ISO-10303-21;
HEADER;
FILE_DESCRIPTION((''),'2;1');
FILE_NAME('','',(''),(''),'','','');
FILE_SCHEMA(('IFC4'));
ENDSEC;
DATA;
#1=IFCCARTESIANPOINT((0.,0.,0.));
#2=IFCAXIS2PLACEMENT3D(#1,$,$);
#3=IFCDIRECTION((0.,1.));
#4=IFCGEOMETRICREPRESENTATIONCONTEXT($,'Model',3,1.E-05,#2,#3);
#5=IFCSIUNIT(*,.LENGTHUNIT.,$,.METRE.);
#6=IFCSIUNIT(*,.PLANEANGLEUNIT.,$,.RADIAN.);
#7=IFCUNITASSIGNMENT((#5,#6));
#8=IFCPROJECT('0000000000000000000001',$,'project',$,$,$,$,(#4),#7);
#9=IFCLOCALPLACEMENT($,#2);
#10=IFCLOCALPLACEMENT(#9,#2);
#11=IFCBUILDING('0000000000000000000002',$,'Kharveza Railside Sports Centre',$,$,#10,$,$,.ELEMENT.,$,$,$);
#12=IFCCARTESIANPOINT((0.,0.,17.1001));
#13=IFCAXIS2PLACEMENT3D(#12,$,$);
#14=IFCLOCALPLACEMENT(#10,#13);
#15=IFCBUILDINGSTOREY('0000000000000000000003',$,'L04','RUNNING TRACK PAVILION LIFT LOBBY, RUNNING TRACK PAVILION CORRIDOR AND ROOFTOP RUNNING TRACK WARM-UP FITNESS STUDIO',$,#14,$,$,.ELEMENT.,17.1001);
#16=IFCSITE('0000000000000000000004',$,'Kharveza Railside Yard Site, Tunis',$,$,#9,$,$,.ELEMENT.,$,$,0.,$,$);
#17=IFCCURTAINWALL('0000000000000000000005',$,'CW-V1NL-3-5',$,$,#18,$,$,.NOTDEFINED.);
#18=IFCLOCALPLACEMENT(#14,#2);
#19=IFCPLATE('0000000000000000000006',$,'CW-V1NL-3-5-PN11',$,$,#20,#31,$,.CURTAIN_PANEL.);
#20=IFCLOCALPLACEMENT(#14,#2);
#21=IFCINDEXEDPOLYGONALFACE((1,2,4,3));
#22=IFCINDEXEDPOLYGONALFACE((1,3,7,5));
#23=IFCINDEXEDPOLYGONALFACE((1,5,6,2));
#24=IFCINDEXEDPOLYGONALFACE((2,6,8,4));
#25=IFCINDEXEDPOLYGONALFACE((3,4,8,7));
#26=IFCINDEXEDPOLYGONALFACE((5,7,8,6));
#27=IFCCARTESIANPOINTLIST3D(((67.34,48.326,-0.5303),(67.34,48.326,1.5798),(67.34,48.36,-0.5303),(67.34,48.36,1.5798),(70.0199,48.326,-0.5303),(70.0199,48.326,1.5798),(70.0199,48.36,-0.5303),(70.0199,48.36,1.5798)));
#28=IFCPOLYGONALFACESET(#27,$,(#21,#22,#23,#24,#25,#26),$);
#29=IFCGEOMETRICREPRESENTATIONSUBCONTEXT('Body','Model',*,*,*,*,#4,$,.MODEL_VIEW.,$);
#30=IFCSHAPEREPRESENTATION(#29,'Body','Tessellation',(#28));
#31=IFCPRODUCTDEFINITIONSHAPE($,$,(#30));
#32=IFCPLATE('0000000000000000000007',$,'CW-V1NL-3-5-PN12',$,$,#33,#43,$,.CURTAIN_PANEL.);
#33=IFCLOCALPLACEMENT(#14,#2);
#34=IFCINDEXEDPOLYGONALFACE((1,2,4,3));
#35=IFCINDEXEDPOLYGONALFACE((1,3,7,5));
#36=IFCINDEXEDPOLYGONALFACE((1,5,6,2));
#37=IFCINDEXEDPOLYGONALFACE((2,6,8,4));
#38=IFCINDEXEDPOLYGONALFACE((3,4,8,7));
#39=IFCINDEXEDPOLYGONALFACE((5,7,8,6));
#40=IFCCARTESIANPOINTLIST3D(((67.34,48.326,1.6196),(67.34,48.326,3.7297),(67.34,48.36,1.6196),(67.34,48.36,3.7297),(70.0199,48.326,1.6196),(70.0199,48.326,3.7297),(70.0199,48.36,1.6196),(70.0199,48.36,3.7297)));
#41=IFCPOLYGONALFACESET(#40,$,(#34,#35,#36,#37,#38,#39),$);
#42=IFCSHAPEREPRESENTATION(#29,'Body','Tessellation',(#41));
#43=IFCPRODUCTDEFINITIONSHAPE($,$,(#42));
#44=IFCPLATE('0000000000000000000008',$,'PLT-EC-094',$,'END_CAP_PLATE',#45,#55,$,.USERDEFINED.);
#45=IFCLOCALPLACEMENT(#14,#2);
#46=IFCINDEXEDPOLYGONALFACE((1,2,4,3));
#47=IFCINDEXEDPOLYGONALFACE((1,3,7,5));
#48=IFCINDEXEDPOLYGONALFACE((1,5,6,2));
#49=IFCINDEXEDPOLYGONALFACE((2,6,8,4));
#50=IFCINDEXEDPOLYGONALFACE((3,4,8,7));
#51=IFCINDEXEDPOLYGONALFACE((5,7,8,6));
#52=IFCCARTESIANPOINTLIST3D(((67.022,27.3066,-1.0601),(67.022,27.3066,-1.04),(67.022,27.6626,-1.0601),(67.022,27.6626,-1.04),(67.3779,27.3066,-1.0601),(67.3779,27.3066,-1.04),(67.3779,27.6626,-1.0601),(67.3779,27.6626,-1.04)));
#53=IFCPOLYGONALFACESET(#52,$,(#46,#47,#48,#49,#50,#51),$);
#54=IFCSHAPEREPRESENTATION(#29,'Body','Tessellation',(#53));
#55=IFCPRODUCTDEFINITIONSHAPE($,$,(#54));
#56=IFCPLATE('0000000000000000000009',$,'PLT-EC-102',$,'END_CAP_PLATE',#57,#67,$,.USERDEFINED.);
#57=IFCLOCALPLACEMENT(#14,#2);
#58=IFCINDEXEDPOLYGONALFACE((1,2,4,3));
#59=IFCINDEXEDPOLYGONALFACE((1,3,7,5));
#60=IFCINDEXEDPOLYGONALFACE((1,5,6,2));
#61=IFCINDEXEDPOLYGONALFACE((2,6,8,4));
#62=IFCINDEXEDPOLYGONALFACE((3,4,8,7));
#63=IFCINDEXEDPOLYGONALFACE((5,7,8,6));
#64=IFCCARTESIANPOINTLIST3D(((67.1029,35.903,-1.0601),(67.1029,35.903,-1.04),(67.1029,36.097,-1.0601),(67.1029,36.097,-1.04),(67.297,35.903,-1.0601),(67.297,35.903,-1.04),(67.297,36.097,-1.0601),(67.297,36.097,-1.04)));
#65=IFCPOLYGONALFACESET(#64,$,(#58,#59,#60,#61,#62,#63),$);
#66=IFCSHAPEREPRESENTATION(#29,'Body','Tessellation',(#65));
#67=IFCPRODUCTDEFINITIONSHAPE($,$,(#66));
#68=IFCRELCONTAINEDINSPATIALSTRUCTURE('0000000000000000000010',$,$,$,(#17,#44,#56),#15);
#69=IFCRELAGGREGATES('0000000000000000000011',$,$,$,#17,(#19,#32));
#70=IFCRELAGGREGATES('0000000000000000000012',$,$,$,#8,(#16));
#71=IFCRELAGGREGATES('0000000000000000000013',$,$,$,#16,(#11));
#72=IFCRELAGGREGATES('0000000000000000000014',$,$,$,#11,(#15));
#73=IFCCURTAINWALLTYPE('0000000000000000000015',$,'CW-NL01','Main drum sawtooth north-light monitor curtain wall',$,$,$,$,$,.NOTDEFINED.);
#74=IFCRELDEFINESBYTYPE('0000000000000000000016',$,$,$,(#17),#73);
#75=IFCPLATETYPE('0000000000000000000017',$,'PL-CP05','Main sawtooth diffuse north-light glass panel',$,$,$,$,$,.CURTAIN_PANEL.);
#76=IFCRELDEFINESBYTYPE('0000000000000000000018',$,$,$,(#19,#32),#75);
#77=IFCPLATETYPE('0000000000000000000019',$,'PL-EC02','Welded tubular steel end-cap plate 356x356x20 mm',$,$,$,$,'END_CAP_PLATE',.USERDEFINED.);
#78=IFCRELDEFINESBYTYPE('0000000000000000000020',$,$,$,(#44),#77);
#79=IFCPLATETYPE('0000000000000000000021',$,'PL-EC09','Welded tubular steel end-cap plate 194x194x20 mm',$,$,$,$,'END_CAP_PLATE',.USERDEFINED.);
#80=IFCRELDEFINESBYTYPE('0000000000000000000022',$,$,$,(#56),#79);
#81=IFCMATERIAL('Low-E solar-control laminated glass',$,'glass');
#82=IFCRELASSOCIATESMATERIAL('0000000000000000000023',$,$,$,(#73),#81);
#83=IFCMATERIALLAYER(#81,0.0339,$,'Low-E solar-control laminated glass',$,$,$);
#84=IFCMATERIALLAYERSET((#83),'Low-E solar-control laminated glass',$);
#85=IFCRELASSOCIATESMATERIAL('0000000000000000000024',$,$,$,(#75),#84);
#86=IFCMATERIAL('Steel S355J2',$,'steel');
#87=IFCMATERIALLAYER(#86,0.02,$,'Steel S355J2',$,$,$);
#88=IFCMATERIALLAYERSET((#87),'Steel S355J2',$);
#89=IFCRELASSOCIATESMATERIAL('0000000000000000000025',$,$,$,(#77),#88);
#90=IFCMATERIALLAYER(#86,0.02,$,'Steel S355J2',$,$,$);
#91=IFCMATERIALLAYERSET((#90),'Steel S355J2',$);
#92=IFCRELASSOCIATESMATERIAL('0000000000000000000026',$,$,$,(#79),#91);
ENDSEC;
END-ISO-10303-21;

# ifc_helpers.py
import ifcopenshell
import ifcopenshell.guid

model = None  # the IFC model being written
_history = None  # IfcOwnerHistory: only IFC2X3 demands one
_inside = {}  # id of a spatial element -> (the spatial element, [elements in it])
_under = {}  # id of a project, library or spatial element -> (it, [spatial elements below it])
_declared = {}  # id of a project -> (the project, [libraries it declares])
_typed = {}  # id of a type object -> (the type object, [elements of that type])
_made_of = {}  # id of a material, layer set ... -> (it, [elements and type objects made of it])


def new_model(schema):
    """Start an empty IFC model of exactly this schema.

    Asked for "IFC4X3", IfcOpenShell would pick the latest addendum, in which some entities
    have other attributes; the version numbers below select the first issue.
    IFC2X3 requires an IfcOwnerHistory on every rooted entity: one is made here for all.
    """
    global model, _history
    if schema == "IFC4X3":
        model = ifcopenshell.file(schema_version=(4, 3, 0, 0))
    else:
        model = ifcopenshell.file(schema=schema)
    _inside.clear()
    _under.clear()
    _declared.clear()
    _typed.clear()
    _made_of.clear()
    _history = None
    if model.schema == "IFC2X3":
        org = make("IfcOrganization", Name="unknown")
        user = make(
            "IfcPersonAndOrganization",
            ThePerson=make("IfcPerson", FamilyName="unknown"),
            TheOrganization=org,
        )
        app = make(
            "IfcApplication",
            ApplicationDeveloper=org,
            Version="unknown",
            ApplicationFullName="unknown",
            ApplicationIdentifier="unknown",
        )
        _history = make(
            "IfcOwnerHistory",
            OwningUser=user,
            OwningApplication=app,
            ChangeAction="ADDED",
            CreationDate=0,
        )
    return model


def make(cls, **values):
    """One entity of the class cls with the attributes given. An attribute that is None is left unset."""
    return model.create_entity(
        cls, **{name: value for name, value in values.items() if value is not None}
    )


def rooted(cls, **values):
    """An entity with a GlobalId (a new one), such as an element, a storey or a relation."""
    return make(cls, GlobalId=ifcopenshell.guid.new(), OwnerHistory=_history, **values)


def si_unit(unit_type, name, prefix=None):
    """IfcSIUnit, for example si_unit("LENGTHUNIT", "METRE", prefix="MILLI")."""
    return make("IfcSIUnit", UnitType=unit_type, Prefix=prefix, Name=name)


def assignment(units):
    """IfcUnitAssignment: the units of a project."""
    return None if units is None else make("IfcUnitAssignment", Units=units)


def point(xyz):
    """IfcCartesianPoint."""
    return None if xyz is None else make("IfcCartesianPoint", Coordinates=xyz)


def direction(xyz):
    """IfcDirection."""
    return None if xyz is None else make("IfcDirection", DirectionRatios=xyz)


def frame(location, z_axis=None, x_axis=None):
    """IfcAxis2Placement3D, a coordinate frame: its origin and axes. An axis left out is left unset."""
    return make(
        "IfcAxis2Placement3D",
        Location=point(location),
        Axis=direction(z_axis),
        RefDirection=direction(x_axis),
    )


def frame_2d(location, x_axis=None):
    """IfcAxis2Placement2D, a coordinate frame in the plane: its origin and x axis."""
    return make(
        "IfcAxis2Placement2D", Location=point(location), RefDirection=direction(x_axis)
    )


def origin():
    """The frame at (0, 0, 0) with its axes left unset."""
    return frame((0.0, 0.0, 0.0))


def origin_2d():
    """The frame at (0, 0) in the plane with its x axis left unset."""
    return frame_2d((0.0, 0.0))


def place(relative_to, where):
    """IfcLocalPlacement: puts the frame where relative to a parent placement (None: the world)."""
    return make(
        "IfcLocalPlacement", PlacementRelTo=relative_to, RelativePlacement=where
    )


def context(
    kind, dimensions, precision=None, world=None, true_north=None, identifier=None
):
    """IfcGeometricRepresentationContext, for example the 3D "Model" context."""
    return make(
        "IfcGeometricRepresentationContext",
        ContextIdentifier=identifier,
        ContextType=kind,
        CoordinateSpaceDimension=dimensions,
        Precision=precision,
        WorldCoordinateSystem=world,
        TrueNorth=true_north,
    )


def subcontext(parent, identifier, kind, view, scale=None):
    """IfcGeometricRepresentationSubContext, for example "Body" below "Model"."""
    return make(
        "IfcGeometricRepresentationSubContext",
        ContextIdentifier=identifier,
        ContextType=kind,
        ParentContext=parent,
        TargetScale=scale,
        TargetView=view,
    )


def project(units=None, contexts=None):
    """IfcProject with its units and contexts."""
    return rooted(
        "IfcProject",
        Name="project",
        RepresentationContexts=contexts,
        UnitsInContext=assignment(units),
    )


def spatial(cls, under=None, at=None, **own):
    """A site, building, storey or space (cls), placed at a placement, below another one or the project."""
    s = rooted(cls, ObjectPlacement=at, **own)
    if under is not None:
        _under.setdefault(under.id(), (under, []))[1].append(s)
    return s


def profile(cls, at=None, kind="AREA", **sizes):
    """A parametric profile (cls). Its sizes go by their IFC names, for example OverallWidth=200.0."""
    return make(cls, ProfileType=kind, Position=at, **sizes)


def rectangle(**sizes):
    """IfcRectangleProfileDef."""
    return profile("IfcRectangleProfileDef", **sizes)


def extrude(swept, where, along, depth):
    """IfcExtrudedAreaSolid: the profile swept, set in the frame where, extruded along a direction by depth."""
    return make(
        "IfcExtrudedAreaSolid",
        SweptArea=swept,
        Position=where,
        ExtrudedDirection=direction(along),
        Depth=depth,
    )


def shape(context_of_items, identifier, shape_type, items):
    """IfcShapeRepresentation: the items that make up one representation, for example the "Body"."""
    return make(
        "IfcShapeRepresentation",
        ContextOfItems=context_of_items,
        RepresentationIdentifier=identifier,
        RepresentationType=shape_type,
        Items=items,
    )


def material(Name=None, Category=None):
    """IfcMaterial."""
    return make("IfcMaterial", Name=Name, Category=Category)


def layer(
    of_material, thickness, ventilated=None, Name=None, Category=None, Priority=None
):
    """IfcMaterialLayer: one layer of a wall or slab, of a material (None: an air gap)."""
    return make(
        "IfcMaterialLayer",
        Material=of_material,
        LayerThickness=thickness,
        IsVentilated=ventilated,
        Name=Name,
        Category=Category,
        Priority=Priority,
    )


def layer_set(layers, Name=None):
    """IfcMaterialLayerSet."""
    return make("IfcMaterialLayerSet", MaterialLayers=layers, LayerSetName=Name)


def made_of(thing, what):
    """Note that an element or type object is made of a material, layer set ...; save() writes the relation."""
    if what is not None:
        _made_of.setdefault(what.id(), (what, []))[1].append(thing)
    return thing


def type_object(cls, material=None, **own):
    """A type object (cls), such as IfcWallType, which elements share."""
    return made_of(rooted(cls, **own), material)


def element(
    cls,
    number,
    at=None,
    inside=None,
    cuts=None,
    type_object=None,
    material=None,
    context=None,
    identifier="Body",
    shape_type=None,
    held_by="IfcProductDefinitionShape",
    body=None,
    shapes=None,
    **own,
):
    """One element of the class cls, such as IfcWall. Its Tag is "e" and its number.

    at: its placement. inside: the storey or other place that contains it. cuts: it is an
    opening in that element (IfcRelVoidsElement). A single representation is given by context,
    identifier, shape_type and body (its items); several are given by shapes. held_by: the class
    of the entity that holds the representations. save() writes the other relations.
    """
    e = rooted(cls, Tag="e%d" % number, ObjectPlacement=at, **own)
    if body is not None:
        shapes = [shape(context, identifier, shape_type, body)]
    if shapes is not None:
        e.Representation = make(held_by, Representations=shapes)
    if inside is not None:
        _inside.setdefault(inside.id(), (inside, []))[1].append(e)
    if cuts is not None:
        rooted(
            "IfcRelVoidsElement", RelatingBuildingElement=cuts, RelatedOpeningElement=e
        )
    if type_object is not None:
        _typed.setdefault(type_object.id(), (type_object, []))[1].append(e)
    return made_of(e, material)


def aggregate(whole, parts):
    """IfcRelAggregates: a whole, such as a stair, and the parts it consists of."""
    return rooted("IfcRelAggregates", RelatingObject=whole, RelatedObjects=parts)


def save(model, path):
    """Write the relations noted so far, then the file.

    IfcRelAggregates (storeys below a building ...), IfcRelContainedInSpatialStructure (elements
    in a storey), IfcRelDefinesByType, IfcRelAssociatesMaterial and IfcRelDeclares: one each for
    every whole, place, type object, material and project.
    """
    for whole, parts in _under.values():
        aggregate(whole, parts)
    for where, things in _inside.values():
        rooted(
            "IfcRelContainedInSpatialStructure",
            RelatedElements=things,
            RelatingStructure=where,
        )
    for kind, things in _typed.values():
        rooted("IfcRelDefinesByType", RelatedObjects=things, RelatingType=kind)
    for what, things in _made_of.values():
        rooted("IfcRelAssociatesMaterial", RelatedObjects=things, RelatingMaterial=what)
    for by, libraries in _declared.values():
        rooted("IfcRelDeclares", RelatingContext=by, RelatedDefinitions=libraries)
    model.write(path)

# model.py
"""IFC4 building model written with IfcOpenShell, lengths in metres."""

from ifc_helpers import new_model, si_unit, direction, frame, origin, origin_2d, place, context, subcontext, project, spatial, rectangle, extrude, material, layer, layer_set, type_object, element, aggregate, save


model = new_model("IFC4")

# Units and contexts
model_context = context("Model", 3, precision=1e-05, world=origin(), true_north=direction((0.0, 1.0)))
body_context = subcontext(model_context, "Body", "Model", "MODEL_VIEW")
ifc_project = project(units=[si_unit("LENGTHUNIT", "METRE"), si_unit("PLANEANGLEUNIT", "RADIAN")], contexts=[model_context])

# Site, building, storey
site_placement = place(None, origin())
site = spatial("IfcSite", under=ifc_project, at=site_placement, Name="Kharveza Railside Yard Site, Tunis", CompositionType="ELEMENT", RefElevation=0.0)
building_placement = place(site_placement, origin())
building = spatial("IfcBuilding", under=site, at=building_placement, Name="Kharveza Railside Sports Centre", CompositionType="ELEMENT")
storey_placement = place(building_placement, frame((0.0, 0.0, 17.1001)))
storey = spatial("IfcBuildingStorey", under=building, at=storey_placement, Name="L04", Description="RUNNING TRACK PAVILION LIFT LOBBY, RUNNING TRACK PAVILION CORRIDOR AND ROOFTOP RUNNING TRACK WARM-UP FITNESS STUDIO", CompositionType="ELEMENT", Elevation=17.1001)

# Curtain wall
ifc_material_1 = material(Name="Low-E solar-control laminated glass", Category="glass")
curtain_wall_type = type_object("IfcCurtainWallType", Name="CW-NL01", Description="Main drum sawtooth north-light monitor curtain wall", PredefinedType="NOTDEFINED", material=ifc_material_1)
curtain_wall_1_placement = place(storey_placement, origin())
curtain_wall_1 = element("IfcCurtainWall", 1, at=curtain_wall_1_placement, inside=storey, type_object=curtain_wall_type, Name="CW-V1NL-3-5", PredefinedType="NOTDEFINED")

# Shared definitions
ifc_material_2 = material(Name="Steel S355J2", Category="steel")

# Plates
ifc_layer_1 = layer(ifc_material_1, 0.0339, Name="Low-E solar-control laminated glass")
ifc_layer_set_1 = layer_set([ifc_layer_1], Name="Low-E solar-control laminated glass")
plate_type_1 = type_object("IfcPlateType", Name="PL-CP05", Description="Main sawtooth diffuse north-light glass panel", PredefinedType="CURTAIN_PANEL", material=ifc_layer_set_1)
plate_1_placement = place(storey_placement, frame((68.6799, 48.343, -0.5303), z_axis=(0.0, 0.0, 1.0), x_axis=(1.0, 0.0, 0.0)))
plate_1 = element("IfcPlate", 2, at=plate_1_placement, type_object=plate_type_1, Name="CW-V1NL-3-5-PN11", PredefinedType="CURTAIN_PANEL", context=body_context, shape_type="SweptSolid", body=[
    extrude(rectangle(XDim=2.6799, YDim=0.0339, at=origin_2d()), origin(), (0.0, 0.0, 1.0), 2.1101),
])
plate_2_placement = place(storey_placement, frame((68.6799, 48.343, 1.6196), z_axis=(0.0, 0.0, 1.0), x_axis=(1.0, 0.0, 0.0)))
plate_2 = element("IfcPlate", 3, at=plate_2_placement, type_object=plate_type_1, Name="CW-V1NL-3-5-PN12", PredefinedType="CURTAIN_PANEL", context=body_context, shape_type="SweptSolid", body=[
    extrude(rectangle(XDim=2.6799, YDim=0.0339, at=origin_2d()), origin(), (0.0, 0.0, 1.0), 2.1101),
])
aggregate(curtain_wall_1, [plate_1, plate_2])

# Plates
ifc_layer_2 = layer(ifc_material_2, 0.02, Name="Steel S355J2")
ifc_layer_set_2 = layer_set([ifc_layer_2], Name="Steel S355J2")
plate_type_2 = type_object("IfcPlateType", Name="PL-EC02", Description="Welded tubular steel end-cap plate 356x356x20 mm", ElementType="END_CAP_PLATE", PredefinedType="USERDEFINED", material=ifc_layer_set_2)
plate_3_placement = place(storey_placement, frame((67.2, 27.4846, -1.0601), z_axis=(0.0, 0.0, 1.0), x_axis=(1.0, 0.0, 0.0)))
element("IfcPlate", 4, at=plate_3_placement, inside=storey, type_object=plate_type_2, Name="PLT-EC-094", ObjectType="END_CAP_PLATE", PredefinedType="USERDEFINED", context=body_context, shape_type="SweptSolid", body=[
    extrude(rectangle(XDim=0.356, YDim=0.356, at=origin_2d()), origin(), (0.0, 0.0, 1.0), 0.02),
])
ifc_layer_3 = layer(ifc_material_2, 0.02, Name="Steel S355J2")
ifc_layer_set_3 = layer_set([ifc_layer_3], Name="Steel S355J2")
plate_type_3 = type_object("IfcPlateType", Name="PL-EC09", Description="Welded tubular steel end-cap plate 194x194x20 mm", ElementType="END_CAP_PLATE", PredefinedType="USERDEFINED", material=ifc_layer_set_3)
plate_4_placement = place(storey_placement, frame((67.2, 36.0, -1.0601), z_axis=(0.0, 0.0, 1.0), x_axis=(1.0, 0.0, 0.0)))
element("IfcPlate", 5, at=plate_4_placement, inside=storey, type_object=plate_type_3, Name="PLT-EC-102", ObjectType="END_CAP_PLATE", PredefinedType="USERDEFINED", context=body_context, shape_type="SweptSolid", body=[
    extrude(rectangle(XDim=0.1941, YDim=0.1941, at=origin_2d()), origin(), (0.0, 0.0, 1.0), 0.02),
])

save(model, "model.ifc")
